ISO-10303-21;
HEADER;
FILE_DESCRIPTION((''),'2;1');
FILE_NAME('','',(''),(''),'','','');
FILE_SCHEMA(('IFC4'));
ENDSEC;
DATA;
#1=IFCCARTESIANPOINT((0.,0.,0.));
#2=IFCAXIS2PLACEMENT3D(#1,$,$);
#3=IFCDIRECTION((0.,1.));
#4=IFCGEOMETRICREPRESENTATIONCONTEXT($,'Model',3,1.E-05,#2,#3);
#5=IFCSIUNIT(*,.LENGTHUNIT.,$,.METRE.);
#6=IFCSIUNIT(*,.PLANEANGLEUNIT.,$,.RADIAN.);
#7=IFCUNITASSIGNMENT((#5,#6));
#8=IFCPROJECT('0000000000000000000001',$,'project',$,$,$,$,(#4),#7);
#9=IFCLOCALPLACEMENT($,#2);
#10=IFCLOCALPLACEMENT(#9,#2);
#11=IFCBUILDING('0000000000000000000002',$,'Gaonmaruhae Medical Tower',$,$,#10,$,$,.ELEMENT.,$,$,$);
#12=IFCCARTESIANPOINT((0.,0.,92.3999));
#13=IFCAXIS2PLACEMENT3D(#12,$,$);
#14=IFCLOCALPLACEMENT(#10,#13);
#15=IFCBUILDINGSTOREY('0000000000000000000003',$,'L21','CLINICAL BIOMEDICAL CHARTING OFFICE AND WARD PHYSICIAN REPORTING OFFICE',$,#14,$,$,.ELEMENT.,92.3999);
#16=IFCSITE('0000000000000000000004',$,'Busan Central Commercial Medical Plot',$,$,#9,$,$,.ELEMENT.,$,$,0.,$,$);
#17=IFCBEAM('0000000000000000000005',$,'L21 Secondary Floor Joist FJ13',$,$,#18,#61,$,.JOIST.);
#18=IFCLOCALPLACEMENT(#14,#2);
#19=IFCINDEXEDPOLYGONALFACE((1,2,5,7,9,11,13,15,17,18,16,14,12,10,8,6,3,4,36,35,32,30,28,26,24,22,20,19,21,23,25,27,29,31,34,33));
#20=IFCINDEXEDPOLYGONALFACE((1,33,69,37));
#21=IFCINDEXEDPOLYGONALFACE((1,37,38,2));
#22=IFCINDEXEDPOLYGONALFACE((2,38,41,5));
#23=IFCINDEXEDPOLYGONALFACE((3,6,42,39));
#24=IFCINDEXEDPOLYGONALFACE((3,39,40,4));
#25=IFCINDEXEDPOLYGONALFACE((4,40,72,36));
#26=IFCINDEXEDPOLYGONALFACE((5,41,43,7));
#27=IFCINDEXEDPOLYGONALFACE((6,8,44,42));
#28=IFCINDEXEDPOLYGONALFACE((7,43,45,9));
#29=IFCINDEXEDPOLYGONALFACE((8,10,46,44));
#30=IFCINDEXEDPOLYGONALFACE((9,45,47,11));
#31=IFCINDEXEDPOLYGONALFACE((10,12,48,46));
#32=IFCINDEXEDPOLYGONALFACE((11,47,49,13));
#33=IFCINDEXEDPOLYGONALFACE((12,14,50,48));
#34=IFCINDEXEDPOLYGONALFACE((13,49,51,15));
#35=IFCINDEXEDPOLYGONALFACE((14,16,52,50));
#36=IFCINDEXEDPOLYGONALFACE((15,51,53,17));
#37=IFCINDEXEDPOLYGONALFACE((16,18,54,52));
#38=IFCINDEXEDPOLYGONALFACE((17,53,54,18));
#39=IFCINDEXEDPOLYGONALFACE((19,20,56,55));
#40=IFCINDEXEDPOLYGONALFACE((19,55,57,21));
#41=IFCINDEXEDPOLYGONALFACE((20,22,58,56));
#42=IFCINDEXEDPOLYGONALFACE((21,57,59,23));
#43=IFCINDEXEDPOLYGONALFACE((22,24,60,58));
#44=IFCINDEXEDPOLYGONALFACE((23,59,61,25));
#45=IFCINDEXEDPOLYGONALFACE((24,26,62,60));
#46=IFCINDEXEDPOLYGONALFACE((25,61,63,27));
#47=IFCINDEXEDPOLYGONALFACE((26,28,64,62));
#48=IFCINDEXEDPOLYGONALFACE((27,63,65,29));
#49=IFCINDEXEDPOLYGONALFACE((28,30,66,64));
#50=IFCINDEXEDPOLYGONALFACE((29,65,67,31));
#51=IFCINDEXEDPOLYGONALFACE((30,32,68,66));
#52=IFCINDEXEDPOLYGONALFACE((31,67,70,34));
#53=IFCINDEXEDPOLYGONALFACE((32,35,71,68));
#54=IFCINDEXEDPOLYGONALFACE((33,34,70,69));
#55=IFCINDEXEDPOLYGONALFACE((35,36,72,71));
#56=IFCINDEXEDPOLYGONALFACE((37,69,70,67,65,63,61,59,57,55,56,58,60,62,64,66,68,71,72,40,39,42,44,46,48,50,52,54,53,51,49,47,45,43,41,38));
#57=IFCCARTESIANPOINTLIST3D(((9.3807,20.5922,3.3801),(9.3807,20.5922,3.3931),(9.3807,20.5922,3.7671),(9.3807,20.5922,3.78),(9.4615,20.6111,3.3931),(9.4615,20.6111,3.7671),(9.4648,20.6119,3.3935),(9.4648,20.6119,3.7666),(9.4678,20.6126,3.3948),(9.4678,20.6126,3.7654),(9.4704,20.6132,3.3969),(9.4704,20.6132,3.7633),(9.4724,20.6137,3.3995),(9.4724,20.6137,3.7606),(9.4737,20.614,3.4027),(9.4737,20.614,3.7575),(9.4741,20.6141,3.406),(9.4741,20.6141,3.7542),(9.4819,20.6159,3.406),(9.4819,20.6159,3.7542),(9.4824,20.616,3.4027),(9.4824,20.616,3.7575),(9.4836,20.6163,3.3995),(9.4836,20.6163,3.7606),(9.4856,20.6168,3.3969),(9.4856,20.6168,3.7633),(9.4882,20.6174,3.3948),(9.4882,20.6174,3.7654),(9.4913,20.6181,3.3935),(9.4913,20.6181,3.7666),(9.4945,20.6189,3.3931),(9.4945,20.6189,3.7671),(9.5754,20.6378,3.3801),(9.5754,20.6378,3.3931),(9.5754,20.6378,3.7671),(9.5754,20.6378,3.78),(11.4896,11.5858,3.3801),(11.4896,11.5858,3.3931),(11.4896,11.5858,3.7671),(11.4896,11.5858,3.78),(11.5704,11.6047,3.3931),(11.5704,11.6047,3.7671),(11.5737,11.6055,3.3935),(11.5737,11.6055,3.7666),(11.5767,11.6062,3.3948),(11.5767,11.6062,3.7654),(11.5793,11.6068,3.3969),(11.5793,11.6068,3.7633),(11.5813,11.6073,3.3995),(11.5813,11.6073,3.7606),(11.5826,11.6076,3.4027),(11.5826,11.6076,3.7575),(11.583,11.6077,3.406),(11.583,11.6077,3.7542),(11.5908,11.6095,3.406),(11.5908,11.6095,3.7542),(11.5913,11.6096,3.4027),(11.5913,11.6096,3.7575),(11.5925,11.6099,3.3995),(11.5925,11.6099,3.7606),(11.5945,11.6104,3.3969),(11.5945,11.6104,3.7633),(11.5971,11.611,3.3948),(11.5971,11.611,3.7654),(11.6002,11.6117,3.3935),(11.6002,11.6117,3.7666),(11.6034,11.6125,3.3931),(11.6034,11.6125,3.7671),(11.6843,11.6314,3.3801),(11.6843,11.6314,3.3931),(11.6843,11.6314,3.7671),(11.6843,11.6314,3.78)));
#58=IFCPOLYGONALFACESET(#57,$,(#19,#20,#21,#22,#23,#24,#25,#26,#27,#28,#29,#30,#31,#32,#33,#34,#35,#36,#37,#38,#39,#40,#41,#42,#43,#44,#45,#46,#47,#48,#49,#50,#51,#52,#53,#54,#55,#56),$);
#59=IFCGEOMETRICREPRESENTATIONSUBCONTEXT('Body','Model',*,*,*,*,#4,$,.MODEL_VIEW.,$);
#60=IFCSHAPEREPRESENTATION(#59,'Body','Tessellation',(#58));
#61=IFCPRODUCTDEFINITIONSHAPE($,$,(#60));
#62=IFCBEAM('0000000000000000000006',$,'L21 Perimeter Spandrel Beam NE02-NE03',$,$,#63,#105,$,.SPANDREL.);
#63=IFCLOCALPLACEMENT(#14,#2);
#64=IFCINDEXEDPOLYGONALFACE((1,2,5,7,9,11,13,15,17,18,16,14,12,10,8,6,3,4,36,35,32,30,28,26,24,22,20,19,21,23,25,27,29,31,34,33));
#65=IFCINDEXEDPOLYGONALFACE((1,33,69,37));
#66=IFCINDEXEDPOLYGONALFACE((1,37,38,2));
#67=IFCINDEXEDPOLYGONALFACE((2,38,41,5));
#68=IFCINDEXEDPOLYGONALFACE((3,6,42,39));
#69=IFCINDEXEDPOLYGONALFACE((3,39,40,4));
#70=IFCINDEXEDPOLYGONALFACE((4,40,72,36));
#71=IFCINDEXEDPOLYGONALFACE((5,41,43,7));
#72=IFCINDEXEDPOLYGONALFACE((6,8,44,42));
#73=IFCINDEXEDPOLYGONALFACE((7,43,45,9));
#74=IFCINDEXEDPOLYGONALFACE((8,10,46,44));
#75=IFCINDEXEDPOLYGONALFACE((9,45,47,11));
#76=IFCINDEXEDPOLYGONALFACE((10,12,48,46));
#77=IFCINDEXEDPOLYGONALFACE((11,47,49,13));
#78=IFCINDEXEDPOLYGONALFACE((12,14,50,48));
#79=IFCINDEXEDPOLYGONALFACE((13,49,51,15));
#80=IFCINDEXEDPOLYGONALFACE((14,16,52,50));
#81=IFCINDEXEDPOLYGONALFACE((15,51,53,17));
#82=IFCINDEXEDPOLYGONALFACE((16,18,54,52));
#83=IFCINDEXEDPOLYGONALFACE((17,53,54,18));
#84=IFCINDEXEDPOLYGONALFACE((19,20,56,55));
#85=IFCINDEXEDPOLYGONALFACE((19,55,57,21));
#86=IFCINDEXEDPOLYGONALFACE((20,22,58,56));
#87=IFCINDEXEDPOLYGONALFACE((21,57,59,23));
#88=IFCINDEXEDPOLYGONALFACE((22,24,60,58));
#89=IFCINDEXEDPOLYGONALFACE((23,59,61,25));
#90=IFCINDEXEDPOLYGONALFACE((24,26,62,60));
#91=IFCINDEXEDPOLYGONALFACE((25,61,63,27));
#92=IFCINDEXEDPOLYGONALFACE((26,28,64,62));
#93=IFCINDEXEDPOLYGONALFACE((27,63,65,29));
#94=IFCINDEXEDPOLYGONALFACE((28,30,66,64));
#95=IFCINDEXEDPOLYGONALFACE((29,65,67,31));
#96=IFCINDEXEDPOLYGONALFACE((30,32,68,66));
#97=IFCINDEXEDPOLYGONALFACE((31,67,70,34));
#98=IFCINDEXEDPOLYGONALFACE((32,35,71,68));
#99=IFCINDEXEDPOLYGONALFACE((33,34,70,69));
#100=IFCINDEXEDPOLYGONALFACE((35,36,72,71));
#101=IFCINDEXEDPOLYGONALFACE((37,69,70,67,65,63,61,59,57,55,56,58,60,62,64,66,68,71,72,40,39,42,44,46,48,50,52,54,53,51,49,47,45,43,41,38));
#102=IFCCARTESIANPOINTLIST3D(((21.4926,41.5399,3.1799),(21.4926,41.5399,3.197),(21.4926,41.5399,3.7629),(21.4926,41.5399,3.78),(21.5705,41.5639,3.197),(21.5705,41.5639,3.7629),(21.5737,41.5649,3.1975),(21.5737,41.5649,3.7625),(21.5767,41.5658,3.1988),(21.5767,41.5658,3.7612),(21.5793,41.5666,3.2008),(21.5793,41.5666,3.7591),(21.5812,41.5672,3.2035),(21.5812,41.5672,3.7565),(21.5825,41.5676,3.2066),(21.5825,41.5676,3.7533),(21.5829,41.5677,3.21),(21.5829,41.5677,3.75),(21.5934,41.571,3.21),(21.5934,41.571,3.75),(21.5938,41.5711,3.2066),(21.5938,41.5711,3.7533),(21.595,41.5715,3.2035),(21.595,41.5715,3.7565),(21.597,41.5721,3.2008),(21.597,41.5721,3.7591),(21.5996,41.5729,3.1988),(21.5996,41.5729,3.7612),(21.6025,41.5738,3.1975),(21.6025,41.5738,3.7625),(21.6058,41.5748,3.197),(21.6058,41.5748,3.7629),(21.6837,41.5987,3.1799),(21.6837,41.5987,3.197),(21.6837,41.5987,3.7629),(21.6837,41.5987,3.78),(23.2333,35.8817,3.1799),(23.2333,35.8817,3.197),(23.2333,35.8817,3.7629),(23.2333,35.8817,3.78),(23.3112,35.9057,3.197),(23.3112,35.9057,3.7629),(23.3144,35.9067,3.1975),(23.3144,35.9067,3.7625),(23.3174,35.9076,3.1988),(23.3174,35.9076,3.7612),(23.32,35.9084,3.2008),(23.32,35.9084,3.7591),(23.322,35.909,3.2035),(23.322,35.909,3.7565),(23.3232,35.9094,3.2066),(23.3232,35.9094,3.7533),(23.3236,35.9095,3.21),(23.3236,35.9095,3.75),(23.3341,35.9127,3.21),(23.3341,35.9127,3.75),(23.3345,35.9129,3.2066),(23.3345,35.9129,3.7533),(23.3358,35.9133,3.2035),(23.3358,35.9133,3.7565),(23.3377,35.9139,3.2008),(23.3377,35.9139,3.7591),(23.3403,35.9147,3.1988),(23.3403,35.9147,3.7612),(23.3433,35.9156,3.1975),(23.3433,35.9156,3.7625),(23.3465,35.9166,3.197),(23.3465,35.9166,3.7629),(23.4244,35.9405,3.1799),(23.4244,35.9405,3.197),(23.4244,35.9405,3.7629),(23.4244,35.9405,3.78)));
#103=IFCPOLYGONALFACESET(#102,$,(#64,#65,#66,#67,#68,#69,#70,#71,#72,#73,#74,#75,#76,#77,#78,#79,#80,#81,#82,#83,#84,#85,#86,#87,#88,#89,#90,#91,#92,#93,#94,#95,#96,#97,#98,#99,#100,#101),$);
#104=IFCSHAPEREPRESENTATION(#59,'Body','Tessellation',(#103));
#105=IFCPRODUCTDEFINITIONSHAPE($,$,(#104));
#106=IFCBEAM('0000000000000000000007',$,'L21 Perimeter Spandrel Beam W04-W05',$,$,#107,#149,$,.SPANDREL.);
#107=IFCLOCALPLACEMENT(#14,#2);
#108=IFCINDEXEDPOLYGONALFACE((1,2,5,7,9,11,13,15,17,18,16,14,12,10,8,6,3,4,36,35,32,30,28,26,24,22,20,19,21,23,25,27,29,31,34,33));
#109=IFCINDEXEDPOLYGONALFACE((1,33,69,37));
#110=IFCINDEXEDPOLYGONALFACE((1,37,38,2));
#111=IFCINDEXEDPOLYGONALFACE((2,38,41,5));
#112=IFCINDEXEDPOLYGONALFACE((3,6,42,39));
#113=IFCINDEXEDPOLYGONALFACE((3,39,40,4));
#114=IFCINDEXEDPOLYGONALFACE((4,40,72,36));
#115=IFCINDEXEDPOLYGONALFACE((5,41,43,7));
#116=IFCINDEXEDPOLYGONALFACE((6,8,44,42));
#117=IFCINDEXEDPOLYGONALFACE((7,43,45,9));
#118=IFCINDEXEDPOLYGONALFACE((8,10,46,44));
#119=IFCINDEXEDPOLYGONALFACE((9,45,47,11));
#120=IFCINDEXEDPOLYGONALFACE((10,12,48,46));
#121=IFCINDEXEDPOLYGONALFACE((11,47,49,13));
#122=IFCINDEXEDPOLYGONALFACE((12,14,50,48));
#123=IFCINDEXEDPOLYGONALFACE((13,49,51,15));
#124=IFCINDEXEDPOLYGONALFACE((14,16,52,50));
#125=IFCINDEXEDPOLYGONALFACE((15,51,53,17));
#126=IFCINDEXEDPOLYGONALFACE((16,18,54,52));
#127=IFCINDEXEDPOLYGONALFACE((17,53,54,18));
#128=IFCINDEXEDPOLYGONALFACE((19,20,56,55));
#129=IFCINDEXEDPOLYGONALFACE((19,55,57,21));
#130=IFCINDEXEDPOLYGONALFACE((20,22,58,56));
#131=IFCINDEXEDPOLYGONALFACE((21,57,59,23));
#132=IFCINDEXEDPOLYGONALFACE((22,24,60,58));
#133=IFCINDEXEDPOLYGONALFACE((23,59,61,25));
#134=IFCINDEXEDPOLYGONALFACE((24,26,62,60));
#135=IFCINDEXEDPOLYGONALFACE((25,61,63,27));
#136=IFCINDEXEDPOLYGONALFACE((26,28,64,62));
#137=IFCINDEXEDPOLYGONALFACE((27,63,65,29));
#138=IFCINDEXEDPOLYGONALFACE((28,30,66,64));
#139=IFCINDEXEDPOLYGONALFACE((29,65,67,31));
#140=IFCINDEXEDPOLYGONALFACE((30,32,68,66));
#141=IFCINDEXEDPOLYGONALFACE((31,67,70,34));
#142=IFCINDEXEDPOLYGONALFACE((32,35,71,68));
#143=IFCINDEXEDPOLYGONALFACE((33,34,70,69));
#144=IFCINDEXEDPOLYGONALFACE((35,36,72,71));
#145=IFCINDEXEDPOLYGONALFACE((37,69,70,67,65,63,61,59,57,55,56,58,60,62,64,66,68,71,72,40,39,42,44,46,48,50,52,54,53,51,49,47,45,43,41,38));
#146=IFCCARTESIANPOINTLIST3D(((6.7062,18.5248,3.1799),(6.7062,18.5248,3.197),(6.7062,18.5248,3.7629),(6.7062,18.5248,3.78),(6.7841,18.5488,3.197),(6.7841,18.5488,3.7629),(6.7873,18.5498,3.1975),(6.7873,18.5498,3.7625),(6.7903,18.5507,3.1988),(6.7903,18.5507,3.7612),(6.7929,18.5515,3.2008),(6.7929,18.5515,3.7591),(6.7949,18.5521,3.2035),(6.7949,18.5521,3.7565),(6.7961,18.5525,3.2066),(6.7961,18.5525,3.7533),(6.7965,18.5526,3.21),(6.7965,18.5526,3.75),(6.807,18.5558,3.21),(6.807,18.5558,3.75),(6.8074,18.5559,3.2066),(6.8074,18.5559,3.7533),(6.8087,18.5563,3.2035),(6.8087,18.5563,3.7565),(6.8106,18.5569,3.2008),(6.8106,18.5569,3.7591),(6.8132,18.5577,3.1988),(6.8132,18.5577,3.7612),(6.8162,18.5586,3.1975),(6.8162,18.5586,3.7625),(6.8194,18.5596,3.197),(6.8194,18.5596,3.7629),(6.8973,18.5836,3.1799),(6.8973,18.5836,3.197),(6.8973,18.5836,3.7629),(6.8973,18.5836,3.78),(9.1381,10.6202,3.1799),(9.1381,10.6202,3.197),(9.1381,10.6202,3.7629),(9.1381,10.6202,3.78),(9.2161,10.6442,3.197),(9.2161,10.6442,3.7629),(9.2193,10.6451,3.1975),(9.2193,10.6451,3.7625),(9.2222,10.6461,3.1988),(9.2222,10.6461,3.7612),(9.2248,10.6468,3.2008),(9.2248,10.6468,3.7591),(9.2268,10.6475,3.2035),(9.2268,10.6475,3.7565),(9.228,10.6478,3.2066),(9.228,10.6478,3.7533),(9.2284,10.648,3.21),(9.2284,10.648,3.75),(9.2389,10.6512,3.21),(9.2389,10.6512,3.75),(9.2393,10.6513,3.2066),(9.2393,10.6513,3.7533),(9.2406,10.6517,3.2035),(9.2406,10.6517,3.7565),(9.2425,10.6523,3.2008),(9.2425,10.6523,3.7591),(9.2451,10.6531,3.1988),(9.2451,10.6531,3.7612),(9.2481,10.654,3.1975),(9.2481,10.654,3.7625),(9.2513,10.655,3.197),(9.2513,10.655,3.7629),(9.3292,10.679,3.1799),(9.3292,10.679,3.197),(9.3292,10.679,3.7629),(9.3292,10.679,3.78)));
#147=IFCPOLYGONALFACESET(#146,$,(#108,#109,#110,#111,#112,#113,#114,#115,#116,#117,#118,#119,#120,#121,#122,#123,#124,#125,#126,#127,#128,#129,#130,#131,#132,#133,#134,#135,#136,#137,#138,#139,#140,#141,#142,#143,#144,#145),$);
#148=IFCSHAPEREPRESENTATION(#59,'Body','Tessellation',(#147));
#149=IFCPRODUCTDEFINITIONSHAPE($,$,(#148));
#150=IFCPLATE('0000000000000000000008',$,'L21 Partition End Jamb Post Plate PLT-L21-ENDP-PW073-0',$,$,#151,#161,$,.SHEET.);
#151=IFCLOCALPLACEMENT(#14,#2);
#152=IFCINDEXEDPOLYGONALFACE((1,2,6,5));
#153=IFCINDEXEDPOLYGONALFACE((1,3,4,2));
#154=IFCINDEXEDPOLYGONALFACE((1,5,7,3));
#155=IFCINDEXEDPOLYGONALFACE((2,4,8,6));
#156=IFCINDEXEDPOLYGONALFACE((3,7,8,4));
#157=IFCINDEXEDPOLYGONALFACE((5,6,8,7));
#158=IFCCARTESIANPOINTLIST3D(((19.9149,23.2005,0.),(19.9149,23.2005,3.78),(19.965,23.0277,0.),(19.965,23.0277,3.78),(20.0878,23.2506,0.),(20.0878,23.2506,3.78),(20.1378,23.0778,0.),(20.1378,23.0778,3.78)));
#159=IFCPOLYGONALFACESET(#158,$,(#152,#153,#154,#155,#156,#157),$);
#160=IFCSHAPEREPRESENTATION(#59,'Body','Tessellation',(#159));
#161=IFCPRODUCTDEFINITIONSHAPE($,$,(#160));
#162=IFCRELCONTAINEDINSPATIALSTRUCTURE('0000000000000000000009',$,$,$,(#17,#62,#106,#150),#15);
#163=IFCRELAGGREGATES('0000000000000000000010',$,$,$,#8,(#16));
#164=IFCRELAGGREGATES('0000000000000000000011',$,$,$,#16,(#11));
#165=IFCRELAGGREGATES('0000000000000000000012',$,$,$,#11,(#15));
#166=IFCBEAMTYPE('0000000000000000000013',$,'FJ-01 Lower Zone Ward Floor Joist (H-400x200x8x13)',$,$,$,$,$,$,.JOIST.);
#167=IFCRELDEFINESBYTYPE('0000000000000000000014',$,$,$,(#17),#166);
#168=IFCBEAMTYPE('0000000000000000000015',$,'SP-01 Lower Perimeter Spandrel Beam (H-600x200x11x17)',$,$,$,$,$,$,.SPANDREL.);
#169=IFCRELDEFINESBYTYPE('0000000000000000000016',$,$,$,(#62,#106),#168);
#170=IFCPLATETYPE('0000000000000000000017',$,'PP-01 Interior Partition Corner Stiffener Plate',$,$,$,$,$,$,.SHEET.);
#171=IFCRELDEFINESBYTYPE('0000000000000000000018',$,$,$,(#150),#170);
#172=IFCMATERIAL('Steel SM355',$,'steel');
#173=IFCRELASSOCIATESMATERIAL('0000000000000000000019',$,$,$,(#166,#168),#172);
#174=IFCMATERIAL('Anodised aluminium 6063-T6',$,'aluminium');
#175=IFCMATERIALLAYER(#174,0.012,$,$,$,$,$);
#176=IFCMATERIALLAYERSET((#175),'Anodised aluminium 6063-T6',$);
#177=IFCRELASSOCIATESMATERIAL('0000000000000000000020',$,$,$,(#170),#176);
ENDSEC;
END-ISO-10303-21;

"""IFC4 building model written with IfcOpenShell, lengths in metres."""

from ifc_helpers import new_model, si_unit, direction, frame, origin, origin_2d, place, context, subcontext, project, spatial, rectangle, i_section, extrude, material, layer, layer_set, material_profile, profile_set, type_object, element, save


model = new_model("IFC4")

# Units and contexts
model_context = context("Model", 3, precision=1e-05, world=origin(), true_north=direction((0.0, 1.0)))
body_context = subcontext(model_context, "Body", "Model", "MODEL_VIEW")
ifc_project = project(units=[si_unit("LENGTHUNIT", "METRE"), si_unit("PLANEANGLEUNIT", "RADIAN")], contexts=[model_context])

# Site, building, storey
site_placement = place(None, origin())
site = spatial("IfcSite", under=ifc_project, at=site_placement, Name="Busan Central Commercial Medical Plot", CompositionType="ELEMENT", RefElevation=0.0)
building_placement = place(site_placement, origin())
building = spatial("IfcBuilding", under=site, at=building_placement, Name="Gaonmaruhae Medical Tower", CompositionType="ELEMENT")
storey_placement = place(building_placement, frame((0.0, 0.0, 92.3999)))
storey = spatial("IfcBuildingStorey", under=building, at=storey_placement, Name="L21", Description="CLINICAL BIOMEDICAL CHARTING OFFICE AND WARD PHYSICIAN REPORTING OFFICE", CompositionType="ELEMENT", Elevation=92.3999)

# Beams
ifc_material_1 = material(Name="Steel SM355", Category="steel")
ifc_material_profile_1 = material_profile(ifc_material_1, i_section(OverallWidth=0.2, OverallDepth=0.3999, WebThickness=0.0081, FlangeThickness=0.0129, FilletRadius=0.0129, at=origin_2d()), Name="H-400x200x8x13")
ifc_profile_set_1 = profile_set([ifc_material_profile_1], Name="Steel SM355")
beam_type_1 = type_object("IfcBeamType", Name="FJ-01 Lower Zone Ward Floor Joist (H-400x200x8x13)", PredefinedType="JOIST", material=ifc_profile_set_1)
beam_1_placement = place(storey_placement, frame((9.478, 20.615, 3.5801), z_axis=(0.227989, -0.973664, 0.0), x_axis=(0.973664, 0.227989, 0.0)))
element("IfcBeam", 1, at=beam_1_placement, inside=storey, type_object=beam_type_1, Name="L21 Secondary Floor Joist FJ13", PredefinedType="JOIST", context=body_context, shape_type="SweptSolid", body=[
    extrude(i_section(OverallWidth=0.2, OverallDepth=0.3999, WebThickness=0.0081, FlangeThickness=0.0129, FilletRadius=0.0129, at=origin_2d()), origin(), (0.0, 0.0, 1.0), 9.25),
])
ifc_material_profile_2 = material_profile(ifc_material_1, i_section(OverallWidth=0.2, OverallDepth=0.6001, WebThickness=0.011, FlangeThickness=0.0171, FilletRadius=0.0129, at=origin_2d()), Name="H-600x200x11x17")
ifc_profile_set_2 = profile_set([ifc_material_profile_2], Name="Steel SM355")
beam_type_2 = type_object("IfcBeamType", Name="SP-01 Lower Perimeter Spandrel Beam (H-600x200x11x17)", PredefinedType="SPANDREL", material=ifc_profile_set_2)
beam_2_placement = place(storey_placement, frame((23.3289, 35.9111, 3.48), z_axis=(-0.294045, 0.955791, 0.0), x_axis=(-0.955791, -0.294045, 0.0)))
element("IfcBeam", 2, at=beam_2_placement, inside=storey, type_object=beam_type_2, Name="L21 Perimeter Spandrel Beam NE02-NE03", PredefinedType="SPANDREL", context=body_context, shape_type="SweptSolid", body=[
    extrude(i_section(OverallWidth=0.2, OverallDepth=0.6001, WebThickness=0.011, FlangeThickness=0.0171, FilletRadius=0.0129, at=origin_2d()), origin(), (0.0, 0.0, 1.0), 5.9199),
])
beam_3_placement = place(storey_placement, frame((6.8018, 18.5542, 3.48), z_axis=(0.294055, -0.955789, 0.0), x_axis=(0.955789, 0.294055, 0.0)))
element("IfcBeam", 3, at=beam_3_placement, inside=storey, type_object=beam_type_2, Name="L21 Perimeter Spandrel Beam W04-W05", PredefinedType="SPANDREL", context=body_context, shape_type="SweptSolid", body=[
    extrude(i_section(OverallWidth=0.2, OverallDepth=0.6001, WebThickness=0.011, FlangeThickness=0.0171, FilletRadius=0.0129, at=origin_2d()), origin(), (0.0, 0.0, 1.0), 8.2703),
])

# Plate
ifc_material_2 = material(Name="Anodised aluminium 6063-T6", Category="aluminium")
ifc_layer_1 = layer(ifc_material_2, 0.012)
ifc_layer_set_1 = layer_set([ifc_layer_1], Name="Anodised aluminium 6063-T6")
plate_type = type_object("IfcPlateType", Name="PP-01 Interior Partition Corner Stiffener Plate", PredefinedType="SHEET", material=ifc_layer_set_1)
plate_placement = place(storey_placement, frame((20.0264, 23.1392, 0.0), z_axis=(0.0, 0.0, 1.0), x_axis=(-0.27817, 0.960532, 0.0)))
element("IfcPlate", 4, at=plate_placement, inside=storey, type_object=plate_type, Name="L21 Partition End Jamb Post Plate PLT-L21-ENDP-PW073-0", PredefinedType="SHEET", context=body_context, shape_type="SweptSolid", body=[
    extrude(rectangle(XDim=0.1799, YDim=0.1799, at=origin_2d()), origin(), (0.0, 0.0, 1.0), 3.78),
])

save(model, "model.ifc")
